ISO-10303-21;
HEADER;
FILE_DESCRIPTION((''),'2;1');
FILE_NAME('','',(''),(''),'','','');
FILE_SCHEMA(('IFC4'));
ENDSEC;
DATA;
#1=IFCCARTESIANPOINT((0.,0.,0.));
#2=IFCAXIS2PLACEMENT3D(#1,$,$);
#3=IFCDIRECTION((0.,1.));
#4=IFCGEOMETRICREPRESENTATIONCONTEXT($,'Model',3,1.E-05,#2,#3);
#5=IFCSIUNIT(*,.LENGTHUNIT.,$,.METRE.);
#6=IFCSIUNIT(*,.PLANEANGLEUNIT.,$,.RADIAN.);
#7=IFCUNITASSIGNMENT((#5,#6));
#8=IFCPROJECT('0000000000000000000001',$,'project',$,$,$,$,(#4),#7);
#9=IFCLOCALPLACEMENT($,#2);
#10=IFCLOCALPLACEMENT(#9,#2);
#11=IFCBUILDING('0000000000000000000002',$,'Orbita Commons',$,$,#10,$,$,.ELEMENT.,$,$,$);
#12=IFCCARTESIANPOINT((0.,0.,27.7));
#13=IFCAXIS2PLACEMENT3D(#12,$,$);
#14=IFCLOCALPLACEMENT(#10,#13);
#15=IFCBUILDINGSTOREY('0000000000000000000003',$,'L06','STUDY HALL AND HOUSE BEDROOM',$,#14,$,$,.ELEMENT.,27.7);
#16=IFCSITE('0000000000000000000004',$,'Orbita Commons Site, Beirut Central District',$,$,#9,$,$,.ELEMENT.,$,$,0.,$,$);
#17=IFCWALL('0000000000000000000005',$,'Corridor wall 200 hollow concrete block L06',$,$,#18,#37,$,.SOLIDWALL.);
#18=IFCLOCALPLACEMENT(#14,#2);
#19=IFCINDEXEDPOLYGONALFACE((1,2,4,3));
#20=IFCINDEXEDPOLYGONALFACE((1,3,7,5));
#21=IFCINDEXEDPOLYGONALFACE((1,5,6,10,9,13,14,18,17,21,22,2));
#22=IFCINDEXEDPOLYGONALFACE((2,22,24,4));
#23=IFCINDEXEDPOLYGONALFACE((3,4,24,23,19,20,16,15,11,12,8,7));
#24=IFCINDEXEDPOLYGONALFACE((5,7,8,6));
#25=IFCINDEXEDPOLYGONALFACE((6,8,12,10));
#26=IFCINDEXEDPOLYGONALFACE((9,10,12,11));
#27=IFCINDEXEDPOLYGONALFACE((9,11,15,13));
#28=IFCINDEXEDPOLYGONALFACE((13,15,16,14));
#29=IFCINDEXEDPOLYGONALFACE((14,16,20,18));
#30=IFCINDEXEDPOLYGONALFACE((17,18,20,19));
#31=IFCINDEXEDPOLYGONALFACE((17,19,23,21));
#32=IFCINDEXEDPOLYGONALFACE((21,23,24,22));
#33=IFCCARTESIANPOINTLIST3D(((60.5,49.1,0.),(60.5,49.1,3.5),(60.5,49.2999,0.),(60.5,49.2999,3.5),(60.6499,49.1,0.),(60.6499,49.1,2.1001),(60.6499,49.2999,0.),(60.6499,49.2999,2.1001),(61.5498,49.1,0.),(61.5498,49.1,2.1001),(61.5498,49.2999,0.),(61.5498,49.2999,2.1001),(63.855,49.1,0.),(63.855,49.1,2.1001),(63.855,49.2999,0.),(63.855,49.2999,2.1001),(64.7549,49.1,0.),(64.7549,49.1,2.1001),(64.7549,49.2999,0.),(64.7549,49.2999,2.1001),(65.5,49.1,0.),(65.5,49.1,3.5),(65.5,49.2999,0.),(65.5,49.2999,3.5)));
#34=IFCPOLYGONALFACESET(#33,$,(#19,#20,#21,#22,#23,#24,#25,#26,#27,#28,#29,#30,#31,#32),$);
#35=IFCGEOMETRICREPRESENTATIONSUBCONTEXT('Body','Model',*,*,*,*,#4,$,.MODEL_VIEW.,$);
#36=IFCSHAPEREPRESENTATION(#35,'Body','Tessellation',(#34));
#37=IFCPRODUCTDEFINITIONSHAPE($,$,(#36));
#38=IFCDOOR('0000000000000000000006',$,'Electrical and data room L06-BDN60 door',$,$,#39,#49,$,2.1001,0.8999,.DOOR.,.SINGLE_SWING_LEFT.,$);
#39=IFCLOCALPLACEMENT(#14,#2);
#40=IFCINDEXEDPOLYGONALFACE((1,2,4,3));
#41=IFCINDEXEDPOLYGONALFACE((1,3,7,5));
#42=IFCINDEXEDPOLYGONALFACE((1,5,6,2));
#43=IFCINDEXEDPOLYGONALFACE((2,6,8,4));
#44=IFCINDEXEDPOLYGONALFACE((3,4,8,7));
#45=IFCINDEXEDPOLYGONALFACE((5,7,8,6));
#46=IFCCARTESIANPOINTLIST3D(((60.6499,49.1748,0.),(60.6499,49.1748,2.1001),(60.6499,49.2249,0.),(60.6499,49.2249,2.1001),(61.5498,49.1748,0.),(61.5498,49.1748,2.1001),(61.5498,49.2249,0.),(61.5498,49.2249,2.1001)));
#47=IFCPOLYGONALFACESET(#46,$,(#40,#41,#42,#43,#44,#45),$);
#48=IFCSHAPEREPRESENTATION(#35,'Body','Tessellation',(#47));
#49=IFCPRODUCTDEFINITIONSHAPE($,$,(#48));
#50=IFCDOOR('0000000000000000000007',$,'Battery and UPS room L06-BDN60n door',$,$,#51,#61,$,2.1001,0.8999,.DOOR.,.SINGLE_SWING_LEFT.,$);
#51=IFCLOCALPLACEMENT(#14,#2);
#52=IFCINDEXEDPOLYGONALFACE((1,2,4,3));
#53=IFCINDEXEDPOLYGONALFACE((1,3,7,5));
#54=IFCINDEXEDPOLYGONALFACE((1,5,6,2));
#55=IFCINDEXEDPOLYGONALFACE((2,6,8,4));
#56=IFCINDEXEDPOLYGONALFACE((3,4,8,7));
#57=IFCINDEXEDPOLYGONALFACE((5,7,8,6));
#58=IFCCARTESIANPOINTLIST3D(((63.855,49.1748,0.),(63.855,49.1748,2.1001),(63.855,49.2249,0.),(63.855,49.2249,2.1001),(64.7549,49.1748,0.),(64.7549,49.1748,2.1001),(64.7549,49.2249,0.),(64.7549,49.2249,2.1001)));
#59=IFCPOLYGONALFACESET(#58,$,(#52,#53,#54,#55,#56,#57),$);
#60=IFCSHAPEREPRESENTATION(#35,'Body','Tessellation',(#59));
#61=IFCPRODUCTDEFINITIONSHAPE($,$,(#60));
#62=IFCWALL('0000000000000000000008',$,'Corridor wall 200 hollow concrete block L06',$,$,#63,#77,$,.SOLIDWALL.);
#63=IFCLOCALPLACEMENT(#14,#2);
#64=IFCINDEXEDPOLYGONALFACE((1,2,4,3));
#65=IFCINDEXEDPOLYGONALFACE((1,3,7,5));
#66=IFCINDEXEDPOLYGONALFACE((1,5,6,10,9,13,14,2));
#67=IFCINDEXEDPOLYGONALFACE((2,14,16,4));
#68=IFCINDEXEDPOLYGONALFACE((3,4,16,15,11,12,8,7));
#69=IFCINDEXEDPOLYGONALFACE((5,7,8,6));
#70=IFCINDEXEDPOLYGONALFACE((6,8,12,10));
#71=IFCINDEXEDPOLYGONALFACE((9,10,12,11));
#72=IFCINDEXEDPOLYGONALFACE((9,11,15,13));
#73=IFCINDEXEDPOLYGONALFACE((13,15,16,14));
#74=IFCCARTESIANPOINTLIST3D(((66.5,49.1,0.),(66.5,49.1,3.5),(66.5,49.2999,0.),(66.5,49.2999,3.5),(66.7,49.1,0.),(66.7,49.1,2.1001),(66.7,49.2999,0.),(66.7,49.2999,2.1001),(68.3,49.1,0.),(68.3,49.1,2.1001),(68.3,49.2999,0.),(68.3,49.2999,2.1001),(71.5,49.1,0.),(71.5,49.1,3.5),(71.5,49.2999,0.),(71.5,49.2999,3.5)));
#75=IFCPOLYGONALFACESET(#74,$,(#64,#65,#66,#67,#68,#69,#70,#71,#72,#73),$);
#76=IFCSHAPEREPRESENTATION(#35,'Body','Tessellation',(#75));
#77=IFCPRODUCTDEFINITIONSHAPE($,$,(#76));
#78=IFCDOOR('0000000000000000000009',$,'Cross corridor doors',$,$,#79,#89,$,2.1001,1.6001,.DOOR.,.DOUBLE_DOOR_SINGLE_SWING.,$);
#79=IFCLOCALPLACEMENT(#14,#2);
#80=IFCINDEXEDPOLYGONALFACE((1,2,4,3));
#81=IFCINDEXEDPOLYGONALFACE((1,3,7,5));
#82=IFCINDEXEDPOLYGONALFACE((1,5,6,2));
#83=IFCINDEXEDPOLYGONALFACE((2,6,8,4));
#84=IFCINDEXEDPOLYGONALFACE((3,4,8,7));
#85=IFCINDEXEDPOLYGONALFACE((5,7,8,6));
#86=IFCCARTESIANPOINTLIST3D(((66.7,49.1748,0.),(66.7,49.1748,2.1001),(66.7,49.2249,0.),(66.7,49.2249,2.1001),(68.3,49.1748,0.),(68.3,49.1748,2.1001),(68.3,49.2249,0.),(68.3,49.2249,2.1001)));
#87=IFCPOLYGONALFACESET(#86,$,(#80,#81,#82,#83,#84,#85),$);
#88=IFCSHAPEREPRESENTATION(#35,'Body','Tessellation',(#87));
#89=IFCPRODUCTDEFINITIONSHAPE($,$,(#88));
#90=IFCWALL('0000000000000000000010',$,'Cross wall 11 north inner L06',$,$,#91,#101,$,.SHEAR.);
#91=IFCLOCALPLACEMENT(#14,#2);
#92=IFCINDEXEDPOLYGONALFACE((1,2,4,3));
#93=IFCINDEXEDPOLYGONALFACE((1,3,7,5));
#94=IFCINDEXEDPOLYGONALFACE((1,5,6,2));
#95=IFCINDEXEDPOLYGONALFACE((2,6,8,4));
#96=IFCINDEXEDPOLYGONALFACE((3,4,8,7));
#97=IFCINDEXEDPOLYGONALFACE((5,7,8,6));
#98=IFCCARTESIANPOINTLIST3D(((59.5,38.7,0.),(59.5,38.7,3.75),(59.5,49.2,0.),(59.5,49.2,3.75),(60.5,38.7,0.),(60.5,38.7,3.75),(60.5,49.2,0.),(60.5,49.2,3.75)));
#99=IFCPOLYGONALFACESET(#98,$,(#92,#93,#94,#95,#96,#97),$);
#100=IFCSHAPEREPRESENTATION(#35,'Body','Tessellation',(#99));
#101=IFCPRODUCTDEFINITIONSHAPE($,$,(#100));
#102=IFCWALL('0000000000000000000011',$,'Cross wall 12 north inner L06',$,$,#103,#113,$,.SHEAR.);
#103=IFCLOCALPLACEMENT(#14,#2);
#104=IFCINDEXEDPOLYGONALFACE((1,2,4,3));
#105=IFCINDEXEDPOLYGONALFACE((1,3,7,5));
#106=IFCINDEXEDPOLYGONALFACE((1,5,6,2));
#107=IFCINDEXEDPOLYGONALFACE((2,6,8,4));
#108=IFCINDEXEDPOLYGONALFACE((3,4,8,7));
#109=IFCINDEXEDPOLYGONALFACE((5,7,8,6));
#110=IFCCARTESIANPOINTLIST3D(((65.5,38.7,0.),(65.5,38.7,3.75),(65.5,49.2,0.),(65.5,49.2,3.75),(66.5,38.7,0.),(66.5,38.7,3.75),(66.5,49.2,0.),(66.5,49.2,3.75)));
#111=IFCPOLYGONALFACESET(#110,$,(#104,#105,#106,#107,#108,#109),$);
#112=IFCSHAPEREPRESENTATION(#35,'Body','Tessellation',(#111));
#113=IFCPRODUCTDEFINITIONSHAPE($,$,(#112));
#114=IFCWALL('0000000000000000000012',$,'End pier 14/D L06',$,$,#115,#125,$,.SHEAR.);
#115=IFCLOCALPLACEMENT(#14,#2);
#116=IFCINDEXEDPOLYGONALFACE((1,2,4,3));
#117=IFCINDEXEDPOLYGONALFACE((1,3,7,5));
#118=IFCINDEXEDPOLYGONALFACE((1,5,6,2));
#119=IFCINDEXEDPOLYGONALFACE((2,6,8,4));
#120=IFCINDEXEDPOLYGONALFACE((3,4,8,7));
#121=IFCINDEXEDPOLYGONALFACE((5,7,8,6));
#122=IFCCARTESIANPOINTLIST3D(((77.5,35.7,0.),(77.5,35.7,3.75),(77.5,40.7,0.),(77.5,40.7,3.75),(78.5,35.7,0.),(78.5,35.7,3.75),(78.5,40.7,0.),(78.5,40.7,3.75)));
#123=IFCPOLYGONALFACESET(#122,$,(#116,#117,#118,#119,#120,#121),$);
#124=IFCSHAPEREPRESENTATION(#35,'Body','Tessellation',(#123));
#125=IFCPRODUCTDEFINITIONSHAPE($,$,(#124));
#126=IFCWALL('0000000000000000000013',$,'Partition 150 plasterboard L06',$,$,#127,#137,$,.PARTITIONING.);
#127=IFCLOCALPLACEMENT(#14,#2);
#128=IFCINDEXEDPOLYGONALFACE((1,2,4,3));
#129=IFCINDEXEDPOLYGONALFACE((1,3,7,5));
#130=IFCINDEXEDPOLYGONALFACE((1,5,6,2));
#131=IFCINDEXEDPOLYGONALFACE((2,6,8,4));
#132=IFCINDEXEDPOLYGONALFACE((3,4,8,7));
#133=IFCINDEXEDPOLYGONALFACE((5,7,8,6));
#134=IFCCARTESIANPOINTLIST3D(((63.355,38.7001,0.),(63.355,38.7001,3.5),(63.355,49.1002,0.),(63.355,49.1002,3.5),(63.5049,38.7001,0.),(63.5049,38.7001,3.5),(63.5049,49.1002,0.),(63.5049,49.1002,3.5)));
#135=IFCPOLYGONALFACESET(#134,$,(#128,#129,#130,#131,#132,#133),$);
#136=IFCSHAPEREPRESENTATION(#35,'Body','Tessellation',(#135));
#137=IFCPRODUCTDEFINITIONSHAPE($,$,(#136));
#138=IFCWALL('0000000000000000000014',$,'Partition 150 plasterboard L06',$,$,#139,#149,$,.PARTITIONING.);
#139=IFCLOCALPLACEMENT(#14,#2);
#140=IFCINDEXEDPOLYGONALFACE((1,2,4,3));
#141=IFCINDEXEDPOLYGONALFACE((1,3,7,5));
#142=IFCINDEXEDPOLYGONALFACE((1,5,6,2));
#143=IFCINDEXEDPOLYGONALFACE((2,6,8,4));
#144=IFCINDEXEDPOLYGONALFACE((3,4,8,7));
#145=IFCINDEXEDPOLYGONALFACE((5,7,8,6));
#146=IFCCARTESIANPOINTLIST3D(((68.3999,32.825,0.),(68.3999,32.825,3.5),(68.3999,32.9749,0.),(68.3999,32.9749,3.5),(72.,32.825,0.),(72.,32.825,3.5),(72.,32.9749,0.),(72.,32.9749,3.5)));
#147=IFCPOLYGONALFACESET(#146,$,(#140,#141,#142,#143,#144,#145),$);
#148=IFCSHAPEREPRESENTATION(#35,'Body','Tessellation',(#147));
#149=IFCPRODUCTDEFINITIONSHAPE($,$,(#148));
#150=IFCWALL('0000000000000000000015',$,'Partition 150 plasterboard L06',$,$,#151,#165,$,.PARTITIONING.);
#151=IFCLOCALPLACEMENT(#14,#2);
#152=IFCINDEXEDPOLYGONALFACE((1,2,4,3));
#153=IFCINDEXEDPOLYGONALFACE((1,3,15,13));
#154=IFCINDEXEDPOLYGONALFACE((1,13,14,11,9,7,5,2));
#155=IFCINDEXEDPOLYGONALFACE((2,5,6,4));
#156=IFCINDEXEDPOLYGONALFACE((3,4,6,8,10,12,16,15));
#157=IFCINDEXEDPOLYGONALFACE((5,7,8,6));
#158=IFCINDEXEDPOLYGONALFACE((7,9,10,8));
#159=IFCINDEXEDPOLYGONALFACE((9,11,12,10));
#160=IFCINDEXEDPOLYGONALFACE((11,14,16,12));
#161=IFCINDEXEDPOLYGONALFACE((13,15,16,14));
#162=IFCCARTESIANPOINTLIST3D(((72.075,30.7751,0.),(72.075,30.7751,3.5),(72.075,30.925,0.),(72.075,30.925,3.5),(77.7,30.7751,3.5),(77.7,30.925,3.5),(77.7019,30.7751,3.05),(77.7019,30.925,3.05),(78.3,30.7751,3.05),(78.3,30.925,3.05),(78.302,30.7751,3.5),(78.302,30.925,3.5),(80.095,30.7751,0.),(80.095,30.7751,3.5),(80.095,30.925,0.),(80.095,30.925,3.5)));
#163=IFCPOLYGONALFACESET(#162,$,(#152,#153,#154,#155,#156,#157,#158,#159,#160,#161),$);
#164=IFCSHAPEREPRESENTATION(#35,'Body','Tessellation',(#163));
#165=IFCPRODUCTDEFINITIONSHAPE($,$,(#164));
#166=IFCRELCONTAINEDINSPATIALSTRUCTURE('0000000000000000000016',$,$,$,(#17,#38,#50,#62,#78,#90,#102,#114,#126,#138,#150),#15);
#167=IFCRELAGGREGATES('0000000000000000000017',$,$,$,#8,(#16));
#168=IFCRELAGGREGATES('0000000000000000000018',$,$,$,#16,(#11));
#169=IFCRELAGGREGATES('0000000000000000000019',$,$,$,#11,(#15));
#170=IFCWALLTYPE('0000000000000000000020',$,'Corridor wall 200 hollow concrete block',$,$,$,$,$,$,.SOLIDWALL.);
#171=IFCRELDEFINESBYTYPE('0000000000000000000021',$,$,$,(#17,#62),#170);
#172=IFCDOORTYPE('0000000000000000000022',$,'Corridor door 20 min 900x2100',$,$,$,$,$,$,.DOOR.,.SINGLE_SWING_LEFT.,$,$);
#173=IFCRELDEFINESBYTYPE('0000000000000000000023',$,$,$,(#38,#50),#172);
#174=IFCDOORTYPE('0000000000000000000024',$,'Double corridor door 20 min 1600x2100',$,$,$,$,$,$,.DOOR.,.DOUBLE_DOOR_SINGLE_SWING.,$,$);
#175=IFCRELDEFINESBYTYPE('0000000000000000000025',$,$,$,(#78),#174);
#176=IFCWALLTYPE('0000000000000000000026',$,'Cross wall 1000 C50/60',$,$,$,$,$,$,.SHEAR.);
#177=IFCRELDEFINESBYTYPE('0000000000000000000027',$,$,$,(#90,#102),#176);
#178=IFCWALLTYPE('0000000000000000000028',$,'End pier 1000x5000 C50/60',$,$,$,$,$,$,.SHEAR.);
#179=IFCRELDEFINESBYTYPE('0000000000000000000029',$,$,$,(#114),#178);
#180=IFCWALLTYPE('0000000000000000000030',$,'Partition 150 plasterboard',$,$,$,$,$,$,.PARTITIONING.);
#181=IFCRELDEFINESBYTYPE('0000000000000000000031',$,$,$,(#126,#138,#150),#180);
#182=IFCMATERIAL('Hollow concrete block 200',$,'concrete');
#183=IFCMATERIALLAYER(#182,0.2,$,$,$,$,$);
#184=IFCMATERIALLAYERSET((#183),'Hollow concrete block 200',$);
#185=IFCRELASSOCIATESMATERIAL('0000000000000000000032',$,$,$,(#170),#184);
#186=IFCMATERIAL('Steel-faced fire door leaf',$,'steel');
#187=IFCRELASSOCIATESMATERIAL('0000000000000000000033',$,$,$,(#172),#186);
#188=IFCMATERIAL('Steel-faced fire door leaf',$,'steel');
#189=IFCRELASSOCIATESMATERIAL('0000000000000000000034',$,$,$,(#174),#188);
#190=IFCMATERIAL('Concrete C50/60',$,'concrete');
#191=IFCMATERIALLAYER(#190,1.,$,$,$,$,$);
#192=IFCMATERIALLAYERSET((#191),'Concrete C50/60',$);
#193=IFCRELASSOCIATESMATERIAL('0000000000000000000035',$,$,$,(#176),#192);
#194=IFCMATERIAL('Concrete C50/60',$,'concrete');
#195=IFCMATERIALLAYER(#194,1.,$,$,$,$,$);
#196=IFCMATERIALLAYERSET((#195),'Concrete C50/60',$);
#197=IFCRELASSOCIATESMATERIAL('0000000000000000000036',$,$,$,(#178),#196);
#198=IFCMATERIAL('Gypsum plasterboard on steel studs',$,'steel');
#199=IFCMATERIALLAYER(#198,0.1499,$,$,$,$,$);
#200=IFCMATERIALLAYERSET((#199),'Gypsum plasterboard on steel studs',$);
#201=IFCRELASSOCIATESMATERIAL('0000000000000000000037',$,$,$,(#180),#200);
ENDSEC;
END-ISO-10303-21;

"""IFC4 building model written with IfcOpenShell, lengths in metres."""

from ifc_helpers import new_model, si_unit, direction, frame, frame_2d, origin, place, context, subcontext, project, spatial, polyline, rectangle, outline, extrude, material, layer, layer_set, type_object, element, fill, save


model = new_model("IFC4")

# Units and contexts
model_context = context("Model", 3, precision=1e-05, world=origin(), true_north=direction((0.0, 1.0)))
body_context = subcontext(model_context, "Body", "Model", "MODEL_VIEW")
ifc_project = project(units=[si_unit("LENGTHUNIT", "METRE"), si_unit("PLANEANGLEUNIT", "RADIAN")], contexts=[model_context])

# Site, building, storey
site_placement = place(None, origin())
site = spatial("IfcSite", under=ifc_project, at=site_placement, Name="Orbita Commons Site, Beirut Central District", CompositionType="ELEMENT", RefElevation=0.0)
building_placement = place(site_placement, origin())
building = spatial("IfcBuilding", under=site, at=building_placement, Name="Orbita Commons", CompositionType="ELEMENT")
storey_placement = place(building_placement, frame((0.0, 0.0, 27.7)))
storey = spatial("IfcBuildingStorey", under=building, at=storey_placement, Name="L06", Description="STUDY HALL AND HOUSE BEDROOM", CompositionType="ELEMENT", Elevation=27.7)

# Wall, openings, doors
ifc_material_1 = material(Name="Hollow concrete block 200", Category="concrete")
ifc_layer_1 = layer(ifc_material_1, 0.2)
ifc_layer_set_1 = layer_set([ifc_layer_1], Name="Hollow concrete block 200")
wall_type_1 = type_object("IfcWallType", Name="Corridor wall 200 hollow concrete block", PredefinedType="SOLIDWALL", material=ifc_layer_set_1)
wall_1_placement = place(storey_placement, frame((60.5, 49.2, 0.0), z_axis=(0.0, 0.0, 1.0), x_axis=(1.0, 0.0, 0.0)))
wall_1 = element("IfcWall", 1, at=wall_1_placement, inside=storey, type_object=wall_type_1, Name="Corridor wall 200 hollow concrete block L06", PredefinedType="SOLIDWALL", context=body_context, shape_type="SweptSolid", body=[
    extrude(rectangle(XDim=5.0, YDim=0.2, at=frame_2d((2.5, 0.0))), origin(), (0.0, 0.0, 1.0), 3.5),
])
opening_1_placement = place(wall_1_placement, frame((0.1499, 0.0, 0.0)))
opening_1 = element("IfcOpeningElement", 2, at=opening_1_placement, cuts=wall_1, PredefinedType="OPENING", context=body_context, shape_type="SweptSolid", body=[
    extrude(rectangle(XDim=0.8999, YDim=2.1001, at=frame_2d((0.45, 1.05))), frame((0.0, 0.1099, 0.0), z_axis=(0.0, -1.0, 0.0), x_axis=(1.0, 0.0, 0.0)), (0.0, 0.0, 1.0), 0.22),
])
opening_2_placement = place(wall_1_placement, frame((3.355, 0.0, 0.0)))
opening_2 = element("IfcOpeningElement", 3, at=opening_2_placement, cuts=wall_1, PredefinedType="OPENING", context=body_context, shape_type="SweptSolid", body=[
    extrude(rectangle(XDim=0.8999, YDim=2.1001, at=frame_2d((0.45, 1.05))), frame((0.0, 0.1099, 0.0), z_axis=(0.0, -1.0, 0.0), x_axis=(1.0, 0.0, 0.0)), (0.0, 0.0, 1.0), 0.22),
])
ifc_material_2 = material(Name="Steel-faced fire door leaf", Category="steel")
door_type_1 = type_object("IfcDoorType", Name="Corridor door 20 min 900x2100", OperationType="SINGLE_SWING_LEFT", PredefinedType="DOOR", material=ifc_material_2)
door_1_placement = place(opening_1_placement, origin())
door_1 = element("IfcDoor", 4, at=door_1_placement, inside=storey, type_object=door_type_1, Name="Electrical and data room L06-BDN60 door", OperationType="SINGLE_SWING_LEFT", OverallHeight=2.1001, OverallWidth=0.8999, PredefinedType="DOOR", context=body_context, shape_type="SweptSolid", body=[
    extrude(rectangle(XDim=0.8999, YDim=2.1001, at=frame_2d((0.45, 1.05))), frame((0.0, 0.0249, 0.0), z_axis=(0.0, -1.0, 0.0), x_axis=(1.0, 0.0, 0.0)), (0.0, 0.0, 1.0), 0.05),
])
fill(opening_1, door_1)
door_2_placement = place(opening_2_placement, origin())
door_2 = element("IfcDoor", 5, at=door_2_placement, inside=storey, type_object=door_type_1, Name="Battery and UPS room L06-BDN60n door", OperationType="SINGLE_SWING_LEFT", OverallHeight=2.1001, OverallWidth=0.8999, PredefinedType="DOOR", context=body_context, shape_type="SweptSolid", body=[
    extrude(rectangle(XDim=0.8999, YDim=2.1001, at=frame_2d((0.45, 1.05))), frame((0.0, 0.0249, 0.0), z_axis=(0.0, -1.0, 0.0), x_axis=(1.0, 0.0, 0.0)), (0.0, 0.0, 1.0), 0.05),
])
fill(opening_2, door_2)

# Wall, opening, door
wall_2_placement = place(storey_placement, frame((66.5, 49.2, 0.0), z_axis=(0.0, 0.0, 1.0), x_axis=(1.0, 0.0, 0.0)))
wall_2 = element("IfcWall", 6, at=wall_2_placement, inside=storey, type_object=wall_type_1, Name="Corridor wall 200 hollow concrete block L06", PredefinedType="SOLIDWALL", context=body_context, shape_type="SweptSolid", body=[
    extrude(rectangle(XDim=5.0, YDim=0.2, at=frame_2d((2.5, 0.0))), origin(), (0.0, 0.0, 1.0), 3.5),
])
opening_3_placement = place(wall_2_placement, frame((0.2, 0.0, 0.0)))
opening_3 = element("IfcOpeningElement", 7, at=opening_3_placement, cuts=wall_2, PredefinedType="OPENING", context=body_context, shape_type="SweptSolid", body=[
    extrude(rectangle(XDim=1.6001, YDim=2.1001, at=frame_2d((0.8, 1.05))), frame((0.0, 0.1099, 0.0), z_axis=(0.0, -1.0, 0.0), x_axis=(1.0, 0.0, 0.0)), (0.0, 0.0, 1.0), 0.22),
])
ifc_material_3 = material(Name="Steel-faced fire door leaf", Category="steel")
door_type_2 = type_object("IfcDoorType", Name="Double corridor door 20 min 1600x2100", OperationType="DOUBLE_DOOR_SINGLE_SWING", PredefinedType="DOOR", material=ifc_material_3)
door_3_placement = place(opening_3_placement, origin())
door_3 = element("IfcDoor", 8, at=door_3_placement, inside=storey, type_object=door_type_2, Name="Cross corridor doors", OperationType="DOUBLE_DOOR_SINGLE_SWING", OverallHeight=2.1001, OverallWidth=1.6001, PredefinedType="DOOR", context=body_context, shape_type="SweptSolid", body=[
    extrude(rectangle(XDim=1.6001, YDim=2.1001, at=frame_2d((0.8, 1.05))), frame((0.0, 0.0249, 0.0), z_axis=(0.0, -1.0, 0.0), x_axis=(1.0, 0.0, 0.0)), (0.0, 0.0, 1.0), 0.05),
])
fill(opening_3, door_3)

# Walls
ifc_material_4 = material(Name="Concrete C50/60", Category="concrete")
ifc_layer_2 = layer(ifc_material_4, 1.0)
ifc_layer_set_2 = layer_set([ifc_layer_2], Name="Concrete C50/60")
wall_type_2 = type_object("IfcWallType", Name="Cross wall 1000 C50/60", PredefinedType="SHEAR", material=ifc_layer_set_2)
for number, where, z_axis, x_axis, name in (
    (9, (60.0, 38.7, 0.0), (0.0, 0.0, 1.0), (0.0, 1.0, 0.0), "Cross wall 11 north inner L06"),
    (10, (66.0, 38.7, 0.0), (0.0, 0.0, 1.0), (0.0, 1.0, 0.0), "Cross wall 12 north inner L06"),
):
    element("IfcWall", number, at=place(storey_placement, frame(where, z_axis=z_axis, x_axis=x_axis)), inside=storey, type_object=wall_type_2, Name=name, PredefinedType="SHEAR", context=body_context, shape_type="SweptSolid", body=[
        extrude(rectangle(XDim=10.5, YDim=1.0, at=frame_2d((5.25, 0.0))), origin(), (0.0, 0.0, 1.0), 3.75),
    ])
ifc_material_5 = material(Name="Concrete C50/60", Category="concrete")
ifc_layer_3 = layer(ifc_material_5, 1.0)
ifc_layer_set_3 = layer_set([ifc_layer_3], Name="Concrete C50/60")
wall_type_3 = type_object("IfcWallType", Name="End pier 1000x5000 C50/60", PredefinedType="SHEAR", material=ifc_layer_set_3)
wall_3_placement = place(storey_placement, frame((78.0, 35.7, 0.0), z_axis=(0.0, 0.0, 1.0), x_axis=(0.0, 1.0, 0.0)))
element("IfcWall", 11, at=wall_3_placement, inside=storey, type_object=wall_type_3, Name="End pier 14/D L06", PredefinedType="SHEAR", context=body_context, shape_type="SweptSolid", body=[
    extrude(rectangle(XDim=5.0, YDim=1.0, at=frame_2d((2.5, 0.0))), origin(), (0.0, 0.0, 1.0), 3.75),
])
ifc_material_6 = material(Name="Gypsum plasterboard on steel studs", Category="steel")
ifc_layer_4 = layer(ifc_material_6, 0.1499)
ifc_layer_set_4 = layer_set([ifc_layer_4], Name="Gypsum plasterboard on steel studs")
wall_type_4 = type_object("IfcWallType", Name="Partition 150 plasterboard", PredefinedType="PARTITIONING", material=ifc_layer_set_4)
wall_4_placement = place(storey_placement, frame((63.4299, 38.7, 0.0), z_axis=(0.0, 0.0, 1.0), x_axis=(0.0, 1.0, 0.0)))
element("IfcWall", 12, at=wall_4_placement, inside=storey, type_object=wall_type_4, Name="Partition 150 plasterboard L06", PredefinedType="PARTITIONING", context=body_context, shape_type="SweptSolid", body=[
    extrude(rectangle(XDim=10.4001, YDim=0.1499, at=frame_2d((5.2002, 0.0))), origin(), (0.0, 0.0, 1.0), 3.5),
])
wall_5_placement = place(storey_placement, frame((68.3999, 32.8999, 0.0), z_axis=(0.0, 0.0, 1.0), x_axis=(1.0, 0.0, 0.0)))
element("IfcWall", 13, at=wall_5_placement, inside=storey, type_object=wall_type_4, Name="Partition 150 plasterboard L06", PredefinedType="PARTITIONING", context=body_context, shape_type="SweptSolid", body=[
    extrude(rectangle(XDim=3.6001, YDim=0.1499, at=frame_2d((1.8, 0.0))), origin(), (0.0, 0.0, 1.0), 3.5),
])
wall_6_placement = place(storey_placement, frame((72.075, 30.8501, 0.0), z_axis=(0.0, 0.0, 1.0), x_axis=(1.0, 0.0, 0.0)))
element("IfcWall", 14, at=wall_6_placement, inside=storey, type_object=wall_type_4, Name="Partition 150 plasterboard L06", PredefinedType="PARTITIONING", context=body_context, shape_type="SweptSolid", body=[
    extrude(outline(polyline([(0.0, 0.0), (8.02, 0.0), (8.02, 3.5), (6.2271, 3.5), (6.2251, 3.05), (5.627, 3.05), (5.625, 3.5), (0.0, 3.5), (0.0, 0.0)])), frame((0.0, 0.075, 0.0), z_axis=(0.0, -1.0, 0.0), x_axis=(1.0, 0.0, 0.0)), (0.0, 0.0, 1.0), 0.1499),
])

save(model, "model.ifc")
